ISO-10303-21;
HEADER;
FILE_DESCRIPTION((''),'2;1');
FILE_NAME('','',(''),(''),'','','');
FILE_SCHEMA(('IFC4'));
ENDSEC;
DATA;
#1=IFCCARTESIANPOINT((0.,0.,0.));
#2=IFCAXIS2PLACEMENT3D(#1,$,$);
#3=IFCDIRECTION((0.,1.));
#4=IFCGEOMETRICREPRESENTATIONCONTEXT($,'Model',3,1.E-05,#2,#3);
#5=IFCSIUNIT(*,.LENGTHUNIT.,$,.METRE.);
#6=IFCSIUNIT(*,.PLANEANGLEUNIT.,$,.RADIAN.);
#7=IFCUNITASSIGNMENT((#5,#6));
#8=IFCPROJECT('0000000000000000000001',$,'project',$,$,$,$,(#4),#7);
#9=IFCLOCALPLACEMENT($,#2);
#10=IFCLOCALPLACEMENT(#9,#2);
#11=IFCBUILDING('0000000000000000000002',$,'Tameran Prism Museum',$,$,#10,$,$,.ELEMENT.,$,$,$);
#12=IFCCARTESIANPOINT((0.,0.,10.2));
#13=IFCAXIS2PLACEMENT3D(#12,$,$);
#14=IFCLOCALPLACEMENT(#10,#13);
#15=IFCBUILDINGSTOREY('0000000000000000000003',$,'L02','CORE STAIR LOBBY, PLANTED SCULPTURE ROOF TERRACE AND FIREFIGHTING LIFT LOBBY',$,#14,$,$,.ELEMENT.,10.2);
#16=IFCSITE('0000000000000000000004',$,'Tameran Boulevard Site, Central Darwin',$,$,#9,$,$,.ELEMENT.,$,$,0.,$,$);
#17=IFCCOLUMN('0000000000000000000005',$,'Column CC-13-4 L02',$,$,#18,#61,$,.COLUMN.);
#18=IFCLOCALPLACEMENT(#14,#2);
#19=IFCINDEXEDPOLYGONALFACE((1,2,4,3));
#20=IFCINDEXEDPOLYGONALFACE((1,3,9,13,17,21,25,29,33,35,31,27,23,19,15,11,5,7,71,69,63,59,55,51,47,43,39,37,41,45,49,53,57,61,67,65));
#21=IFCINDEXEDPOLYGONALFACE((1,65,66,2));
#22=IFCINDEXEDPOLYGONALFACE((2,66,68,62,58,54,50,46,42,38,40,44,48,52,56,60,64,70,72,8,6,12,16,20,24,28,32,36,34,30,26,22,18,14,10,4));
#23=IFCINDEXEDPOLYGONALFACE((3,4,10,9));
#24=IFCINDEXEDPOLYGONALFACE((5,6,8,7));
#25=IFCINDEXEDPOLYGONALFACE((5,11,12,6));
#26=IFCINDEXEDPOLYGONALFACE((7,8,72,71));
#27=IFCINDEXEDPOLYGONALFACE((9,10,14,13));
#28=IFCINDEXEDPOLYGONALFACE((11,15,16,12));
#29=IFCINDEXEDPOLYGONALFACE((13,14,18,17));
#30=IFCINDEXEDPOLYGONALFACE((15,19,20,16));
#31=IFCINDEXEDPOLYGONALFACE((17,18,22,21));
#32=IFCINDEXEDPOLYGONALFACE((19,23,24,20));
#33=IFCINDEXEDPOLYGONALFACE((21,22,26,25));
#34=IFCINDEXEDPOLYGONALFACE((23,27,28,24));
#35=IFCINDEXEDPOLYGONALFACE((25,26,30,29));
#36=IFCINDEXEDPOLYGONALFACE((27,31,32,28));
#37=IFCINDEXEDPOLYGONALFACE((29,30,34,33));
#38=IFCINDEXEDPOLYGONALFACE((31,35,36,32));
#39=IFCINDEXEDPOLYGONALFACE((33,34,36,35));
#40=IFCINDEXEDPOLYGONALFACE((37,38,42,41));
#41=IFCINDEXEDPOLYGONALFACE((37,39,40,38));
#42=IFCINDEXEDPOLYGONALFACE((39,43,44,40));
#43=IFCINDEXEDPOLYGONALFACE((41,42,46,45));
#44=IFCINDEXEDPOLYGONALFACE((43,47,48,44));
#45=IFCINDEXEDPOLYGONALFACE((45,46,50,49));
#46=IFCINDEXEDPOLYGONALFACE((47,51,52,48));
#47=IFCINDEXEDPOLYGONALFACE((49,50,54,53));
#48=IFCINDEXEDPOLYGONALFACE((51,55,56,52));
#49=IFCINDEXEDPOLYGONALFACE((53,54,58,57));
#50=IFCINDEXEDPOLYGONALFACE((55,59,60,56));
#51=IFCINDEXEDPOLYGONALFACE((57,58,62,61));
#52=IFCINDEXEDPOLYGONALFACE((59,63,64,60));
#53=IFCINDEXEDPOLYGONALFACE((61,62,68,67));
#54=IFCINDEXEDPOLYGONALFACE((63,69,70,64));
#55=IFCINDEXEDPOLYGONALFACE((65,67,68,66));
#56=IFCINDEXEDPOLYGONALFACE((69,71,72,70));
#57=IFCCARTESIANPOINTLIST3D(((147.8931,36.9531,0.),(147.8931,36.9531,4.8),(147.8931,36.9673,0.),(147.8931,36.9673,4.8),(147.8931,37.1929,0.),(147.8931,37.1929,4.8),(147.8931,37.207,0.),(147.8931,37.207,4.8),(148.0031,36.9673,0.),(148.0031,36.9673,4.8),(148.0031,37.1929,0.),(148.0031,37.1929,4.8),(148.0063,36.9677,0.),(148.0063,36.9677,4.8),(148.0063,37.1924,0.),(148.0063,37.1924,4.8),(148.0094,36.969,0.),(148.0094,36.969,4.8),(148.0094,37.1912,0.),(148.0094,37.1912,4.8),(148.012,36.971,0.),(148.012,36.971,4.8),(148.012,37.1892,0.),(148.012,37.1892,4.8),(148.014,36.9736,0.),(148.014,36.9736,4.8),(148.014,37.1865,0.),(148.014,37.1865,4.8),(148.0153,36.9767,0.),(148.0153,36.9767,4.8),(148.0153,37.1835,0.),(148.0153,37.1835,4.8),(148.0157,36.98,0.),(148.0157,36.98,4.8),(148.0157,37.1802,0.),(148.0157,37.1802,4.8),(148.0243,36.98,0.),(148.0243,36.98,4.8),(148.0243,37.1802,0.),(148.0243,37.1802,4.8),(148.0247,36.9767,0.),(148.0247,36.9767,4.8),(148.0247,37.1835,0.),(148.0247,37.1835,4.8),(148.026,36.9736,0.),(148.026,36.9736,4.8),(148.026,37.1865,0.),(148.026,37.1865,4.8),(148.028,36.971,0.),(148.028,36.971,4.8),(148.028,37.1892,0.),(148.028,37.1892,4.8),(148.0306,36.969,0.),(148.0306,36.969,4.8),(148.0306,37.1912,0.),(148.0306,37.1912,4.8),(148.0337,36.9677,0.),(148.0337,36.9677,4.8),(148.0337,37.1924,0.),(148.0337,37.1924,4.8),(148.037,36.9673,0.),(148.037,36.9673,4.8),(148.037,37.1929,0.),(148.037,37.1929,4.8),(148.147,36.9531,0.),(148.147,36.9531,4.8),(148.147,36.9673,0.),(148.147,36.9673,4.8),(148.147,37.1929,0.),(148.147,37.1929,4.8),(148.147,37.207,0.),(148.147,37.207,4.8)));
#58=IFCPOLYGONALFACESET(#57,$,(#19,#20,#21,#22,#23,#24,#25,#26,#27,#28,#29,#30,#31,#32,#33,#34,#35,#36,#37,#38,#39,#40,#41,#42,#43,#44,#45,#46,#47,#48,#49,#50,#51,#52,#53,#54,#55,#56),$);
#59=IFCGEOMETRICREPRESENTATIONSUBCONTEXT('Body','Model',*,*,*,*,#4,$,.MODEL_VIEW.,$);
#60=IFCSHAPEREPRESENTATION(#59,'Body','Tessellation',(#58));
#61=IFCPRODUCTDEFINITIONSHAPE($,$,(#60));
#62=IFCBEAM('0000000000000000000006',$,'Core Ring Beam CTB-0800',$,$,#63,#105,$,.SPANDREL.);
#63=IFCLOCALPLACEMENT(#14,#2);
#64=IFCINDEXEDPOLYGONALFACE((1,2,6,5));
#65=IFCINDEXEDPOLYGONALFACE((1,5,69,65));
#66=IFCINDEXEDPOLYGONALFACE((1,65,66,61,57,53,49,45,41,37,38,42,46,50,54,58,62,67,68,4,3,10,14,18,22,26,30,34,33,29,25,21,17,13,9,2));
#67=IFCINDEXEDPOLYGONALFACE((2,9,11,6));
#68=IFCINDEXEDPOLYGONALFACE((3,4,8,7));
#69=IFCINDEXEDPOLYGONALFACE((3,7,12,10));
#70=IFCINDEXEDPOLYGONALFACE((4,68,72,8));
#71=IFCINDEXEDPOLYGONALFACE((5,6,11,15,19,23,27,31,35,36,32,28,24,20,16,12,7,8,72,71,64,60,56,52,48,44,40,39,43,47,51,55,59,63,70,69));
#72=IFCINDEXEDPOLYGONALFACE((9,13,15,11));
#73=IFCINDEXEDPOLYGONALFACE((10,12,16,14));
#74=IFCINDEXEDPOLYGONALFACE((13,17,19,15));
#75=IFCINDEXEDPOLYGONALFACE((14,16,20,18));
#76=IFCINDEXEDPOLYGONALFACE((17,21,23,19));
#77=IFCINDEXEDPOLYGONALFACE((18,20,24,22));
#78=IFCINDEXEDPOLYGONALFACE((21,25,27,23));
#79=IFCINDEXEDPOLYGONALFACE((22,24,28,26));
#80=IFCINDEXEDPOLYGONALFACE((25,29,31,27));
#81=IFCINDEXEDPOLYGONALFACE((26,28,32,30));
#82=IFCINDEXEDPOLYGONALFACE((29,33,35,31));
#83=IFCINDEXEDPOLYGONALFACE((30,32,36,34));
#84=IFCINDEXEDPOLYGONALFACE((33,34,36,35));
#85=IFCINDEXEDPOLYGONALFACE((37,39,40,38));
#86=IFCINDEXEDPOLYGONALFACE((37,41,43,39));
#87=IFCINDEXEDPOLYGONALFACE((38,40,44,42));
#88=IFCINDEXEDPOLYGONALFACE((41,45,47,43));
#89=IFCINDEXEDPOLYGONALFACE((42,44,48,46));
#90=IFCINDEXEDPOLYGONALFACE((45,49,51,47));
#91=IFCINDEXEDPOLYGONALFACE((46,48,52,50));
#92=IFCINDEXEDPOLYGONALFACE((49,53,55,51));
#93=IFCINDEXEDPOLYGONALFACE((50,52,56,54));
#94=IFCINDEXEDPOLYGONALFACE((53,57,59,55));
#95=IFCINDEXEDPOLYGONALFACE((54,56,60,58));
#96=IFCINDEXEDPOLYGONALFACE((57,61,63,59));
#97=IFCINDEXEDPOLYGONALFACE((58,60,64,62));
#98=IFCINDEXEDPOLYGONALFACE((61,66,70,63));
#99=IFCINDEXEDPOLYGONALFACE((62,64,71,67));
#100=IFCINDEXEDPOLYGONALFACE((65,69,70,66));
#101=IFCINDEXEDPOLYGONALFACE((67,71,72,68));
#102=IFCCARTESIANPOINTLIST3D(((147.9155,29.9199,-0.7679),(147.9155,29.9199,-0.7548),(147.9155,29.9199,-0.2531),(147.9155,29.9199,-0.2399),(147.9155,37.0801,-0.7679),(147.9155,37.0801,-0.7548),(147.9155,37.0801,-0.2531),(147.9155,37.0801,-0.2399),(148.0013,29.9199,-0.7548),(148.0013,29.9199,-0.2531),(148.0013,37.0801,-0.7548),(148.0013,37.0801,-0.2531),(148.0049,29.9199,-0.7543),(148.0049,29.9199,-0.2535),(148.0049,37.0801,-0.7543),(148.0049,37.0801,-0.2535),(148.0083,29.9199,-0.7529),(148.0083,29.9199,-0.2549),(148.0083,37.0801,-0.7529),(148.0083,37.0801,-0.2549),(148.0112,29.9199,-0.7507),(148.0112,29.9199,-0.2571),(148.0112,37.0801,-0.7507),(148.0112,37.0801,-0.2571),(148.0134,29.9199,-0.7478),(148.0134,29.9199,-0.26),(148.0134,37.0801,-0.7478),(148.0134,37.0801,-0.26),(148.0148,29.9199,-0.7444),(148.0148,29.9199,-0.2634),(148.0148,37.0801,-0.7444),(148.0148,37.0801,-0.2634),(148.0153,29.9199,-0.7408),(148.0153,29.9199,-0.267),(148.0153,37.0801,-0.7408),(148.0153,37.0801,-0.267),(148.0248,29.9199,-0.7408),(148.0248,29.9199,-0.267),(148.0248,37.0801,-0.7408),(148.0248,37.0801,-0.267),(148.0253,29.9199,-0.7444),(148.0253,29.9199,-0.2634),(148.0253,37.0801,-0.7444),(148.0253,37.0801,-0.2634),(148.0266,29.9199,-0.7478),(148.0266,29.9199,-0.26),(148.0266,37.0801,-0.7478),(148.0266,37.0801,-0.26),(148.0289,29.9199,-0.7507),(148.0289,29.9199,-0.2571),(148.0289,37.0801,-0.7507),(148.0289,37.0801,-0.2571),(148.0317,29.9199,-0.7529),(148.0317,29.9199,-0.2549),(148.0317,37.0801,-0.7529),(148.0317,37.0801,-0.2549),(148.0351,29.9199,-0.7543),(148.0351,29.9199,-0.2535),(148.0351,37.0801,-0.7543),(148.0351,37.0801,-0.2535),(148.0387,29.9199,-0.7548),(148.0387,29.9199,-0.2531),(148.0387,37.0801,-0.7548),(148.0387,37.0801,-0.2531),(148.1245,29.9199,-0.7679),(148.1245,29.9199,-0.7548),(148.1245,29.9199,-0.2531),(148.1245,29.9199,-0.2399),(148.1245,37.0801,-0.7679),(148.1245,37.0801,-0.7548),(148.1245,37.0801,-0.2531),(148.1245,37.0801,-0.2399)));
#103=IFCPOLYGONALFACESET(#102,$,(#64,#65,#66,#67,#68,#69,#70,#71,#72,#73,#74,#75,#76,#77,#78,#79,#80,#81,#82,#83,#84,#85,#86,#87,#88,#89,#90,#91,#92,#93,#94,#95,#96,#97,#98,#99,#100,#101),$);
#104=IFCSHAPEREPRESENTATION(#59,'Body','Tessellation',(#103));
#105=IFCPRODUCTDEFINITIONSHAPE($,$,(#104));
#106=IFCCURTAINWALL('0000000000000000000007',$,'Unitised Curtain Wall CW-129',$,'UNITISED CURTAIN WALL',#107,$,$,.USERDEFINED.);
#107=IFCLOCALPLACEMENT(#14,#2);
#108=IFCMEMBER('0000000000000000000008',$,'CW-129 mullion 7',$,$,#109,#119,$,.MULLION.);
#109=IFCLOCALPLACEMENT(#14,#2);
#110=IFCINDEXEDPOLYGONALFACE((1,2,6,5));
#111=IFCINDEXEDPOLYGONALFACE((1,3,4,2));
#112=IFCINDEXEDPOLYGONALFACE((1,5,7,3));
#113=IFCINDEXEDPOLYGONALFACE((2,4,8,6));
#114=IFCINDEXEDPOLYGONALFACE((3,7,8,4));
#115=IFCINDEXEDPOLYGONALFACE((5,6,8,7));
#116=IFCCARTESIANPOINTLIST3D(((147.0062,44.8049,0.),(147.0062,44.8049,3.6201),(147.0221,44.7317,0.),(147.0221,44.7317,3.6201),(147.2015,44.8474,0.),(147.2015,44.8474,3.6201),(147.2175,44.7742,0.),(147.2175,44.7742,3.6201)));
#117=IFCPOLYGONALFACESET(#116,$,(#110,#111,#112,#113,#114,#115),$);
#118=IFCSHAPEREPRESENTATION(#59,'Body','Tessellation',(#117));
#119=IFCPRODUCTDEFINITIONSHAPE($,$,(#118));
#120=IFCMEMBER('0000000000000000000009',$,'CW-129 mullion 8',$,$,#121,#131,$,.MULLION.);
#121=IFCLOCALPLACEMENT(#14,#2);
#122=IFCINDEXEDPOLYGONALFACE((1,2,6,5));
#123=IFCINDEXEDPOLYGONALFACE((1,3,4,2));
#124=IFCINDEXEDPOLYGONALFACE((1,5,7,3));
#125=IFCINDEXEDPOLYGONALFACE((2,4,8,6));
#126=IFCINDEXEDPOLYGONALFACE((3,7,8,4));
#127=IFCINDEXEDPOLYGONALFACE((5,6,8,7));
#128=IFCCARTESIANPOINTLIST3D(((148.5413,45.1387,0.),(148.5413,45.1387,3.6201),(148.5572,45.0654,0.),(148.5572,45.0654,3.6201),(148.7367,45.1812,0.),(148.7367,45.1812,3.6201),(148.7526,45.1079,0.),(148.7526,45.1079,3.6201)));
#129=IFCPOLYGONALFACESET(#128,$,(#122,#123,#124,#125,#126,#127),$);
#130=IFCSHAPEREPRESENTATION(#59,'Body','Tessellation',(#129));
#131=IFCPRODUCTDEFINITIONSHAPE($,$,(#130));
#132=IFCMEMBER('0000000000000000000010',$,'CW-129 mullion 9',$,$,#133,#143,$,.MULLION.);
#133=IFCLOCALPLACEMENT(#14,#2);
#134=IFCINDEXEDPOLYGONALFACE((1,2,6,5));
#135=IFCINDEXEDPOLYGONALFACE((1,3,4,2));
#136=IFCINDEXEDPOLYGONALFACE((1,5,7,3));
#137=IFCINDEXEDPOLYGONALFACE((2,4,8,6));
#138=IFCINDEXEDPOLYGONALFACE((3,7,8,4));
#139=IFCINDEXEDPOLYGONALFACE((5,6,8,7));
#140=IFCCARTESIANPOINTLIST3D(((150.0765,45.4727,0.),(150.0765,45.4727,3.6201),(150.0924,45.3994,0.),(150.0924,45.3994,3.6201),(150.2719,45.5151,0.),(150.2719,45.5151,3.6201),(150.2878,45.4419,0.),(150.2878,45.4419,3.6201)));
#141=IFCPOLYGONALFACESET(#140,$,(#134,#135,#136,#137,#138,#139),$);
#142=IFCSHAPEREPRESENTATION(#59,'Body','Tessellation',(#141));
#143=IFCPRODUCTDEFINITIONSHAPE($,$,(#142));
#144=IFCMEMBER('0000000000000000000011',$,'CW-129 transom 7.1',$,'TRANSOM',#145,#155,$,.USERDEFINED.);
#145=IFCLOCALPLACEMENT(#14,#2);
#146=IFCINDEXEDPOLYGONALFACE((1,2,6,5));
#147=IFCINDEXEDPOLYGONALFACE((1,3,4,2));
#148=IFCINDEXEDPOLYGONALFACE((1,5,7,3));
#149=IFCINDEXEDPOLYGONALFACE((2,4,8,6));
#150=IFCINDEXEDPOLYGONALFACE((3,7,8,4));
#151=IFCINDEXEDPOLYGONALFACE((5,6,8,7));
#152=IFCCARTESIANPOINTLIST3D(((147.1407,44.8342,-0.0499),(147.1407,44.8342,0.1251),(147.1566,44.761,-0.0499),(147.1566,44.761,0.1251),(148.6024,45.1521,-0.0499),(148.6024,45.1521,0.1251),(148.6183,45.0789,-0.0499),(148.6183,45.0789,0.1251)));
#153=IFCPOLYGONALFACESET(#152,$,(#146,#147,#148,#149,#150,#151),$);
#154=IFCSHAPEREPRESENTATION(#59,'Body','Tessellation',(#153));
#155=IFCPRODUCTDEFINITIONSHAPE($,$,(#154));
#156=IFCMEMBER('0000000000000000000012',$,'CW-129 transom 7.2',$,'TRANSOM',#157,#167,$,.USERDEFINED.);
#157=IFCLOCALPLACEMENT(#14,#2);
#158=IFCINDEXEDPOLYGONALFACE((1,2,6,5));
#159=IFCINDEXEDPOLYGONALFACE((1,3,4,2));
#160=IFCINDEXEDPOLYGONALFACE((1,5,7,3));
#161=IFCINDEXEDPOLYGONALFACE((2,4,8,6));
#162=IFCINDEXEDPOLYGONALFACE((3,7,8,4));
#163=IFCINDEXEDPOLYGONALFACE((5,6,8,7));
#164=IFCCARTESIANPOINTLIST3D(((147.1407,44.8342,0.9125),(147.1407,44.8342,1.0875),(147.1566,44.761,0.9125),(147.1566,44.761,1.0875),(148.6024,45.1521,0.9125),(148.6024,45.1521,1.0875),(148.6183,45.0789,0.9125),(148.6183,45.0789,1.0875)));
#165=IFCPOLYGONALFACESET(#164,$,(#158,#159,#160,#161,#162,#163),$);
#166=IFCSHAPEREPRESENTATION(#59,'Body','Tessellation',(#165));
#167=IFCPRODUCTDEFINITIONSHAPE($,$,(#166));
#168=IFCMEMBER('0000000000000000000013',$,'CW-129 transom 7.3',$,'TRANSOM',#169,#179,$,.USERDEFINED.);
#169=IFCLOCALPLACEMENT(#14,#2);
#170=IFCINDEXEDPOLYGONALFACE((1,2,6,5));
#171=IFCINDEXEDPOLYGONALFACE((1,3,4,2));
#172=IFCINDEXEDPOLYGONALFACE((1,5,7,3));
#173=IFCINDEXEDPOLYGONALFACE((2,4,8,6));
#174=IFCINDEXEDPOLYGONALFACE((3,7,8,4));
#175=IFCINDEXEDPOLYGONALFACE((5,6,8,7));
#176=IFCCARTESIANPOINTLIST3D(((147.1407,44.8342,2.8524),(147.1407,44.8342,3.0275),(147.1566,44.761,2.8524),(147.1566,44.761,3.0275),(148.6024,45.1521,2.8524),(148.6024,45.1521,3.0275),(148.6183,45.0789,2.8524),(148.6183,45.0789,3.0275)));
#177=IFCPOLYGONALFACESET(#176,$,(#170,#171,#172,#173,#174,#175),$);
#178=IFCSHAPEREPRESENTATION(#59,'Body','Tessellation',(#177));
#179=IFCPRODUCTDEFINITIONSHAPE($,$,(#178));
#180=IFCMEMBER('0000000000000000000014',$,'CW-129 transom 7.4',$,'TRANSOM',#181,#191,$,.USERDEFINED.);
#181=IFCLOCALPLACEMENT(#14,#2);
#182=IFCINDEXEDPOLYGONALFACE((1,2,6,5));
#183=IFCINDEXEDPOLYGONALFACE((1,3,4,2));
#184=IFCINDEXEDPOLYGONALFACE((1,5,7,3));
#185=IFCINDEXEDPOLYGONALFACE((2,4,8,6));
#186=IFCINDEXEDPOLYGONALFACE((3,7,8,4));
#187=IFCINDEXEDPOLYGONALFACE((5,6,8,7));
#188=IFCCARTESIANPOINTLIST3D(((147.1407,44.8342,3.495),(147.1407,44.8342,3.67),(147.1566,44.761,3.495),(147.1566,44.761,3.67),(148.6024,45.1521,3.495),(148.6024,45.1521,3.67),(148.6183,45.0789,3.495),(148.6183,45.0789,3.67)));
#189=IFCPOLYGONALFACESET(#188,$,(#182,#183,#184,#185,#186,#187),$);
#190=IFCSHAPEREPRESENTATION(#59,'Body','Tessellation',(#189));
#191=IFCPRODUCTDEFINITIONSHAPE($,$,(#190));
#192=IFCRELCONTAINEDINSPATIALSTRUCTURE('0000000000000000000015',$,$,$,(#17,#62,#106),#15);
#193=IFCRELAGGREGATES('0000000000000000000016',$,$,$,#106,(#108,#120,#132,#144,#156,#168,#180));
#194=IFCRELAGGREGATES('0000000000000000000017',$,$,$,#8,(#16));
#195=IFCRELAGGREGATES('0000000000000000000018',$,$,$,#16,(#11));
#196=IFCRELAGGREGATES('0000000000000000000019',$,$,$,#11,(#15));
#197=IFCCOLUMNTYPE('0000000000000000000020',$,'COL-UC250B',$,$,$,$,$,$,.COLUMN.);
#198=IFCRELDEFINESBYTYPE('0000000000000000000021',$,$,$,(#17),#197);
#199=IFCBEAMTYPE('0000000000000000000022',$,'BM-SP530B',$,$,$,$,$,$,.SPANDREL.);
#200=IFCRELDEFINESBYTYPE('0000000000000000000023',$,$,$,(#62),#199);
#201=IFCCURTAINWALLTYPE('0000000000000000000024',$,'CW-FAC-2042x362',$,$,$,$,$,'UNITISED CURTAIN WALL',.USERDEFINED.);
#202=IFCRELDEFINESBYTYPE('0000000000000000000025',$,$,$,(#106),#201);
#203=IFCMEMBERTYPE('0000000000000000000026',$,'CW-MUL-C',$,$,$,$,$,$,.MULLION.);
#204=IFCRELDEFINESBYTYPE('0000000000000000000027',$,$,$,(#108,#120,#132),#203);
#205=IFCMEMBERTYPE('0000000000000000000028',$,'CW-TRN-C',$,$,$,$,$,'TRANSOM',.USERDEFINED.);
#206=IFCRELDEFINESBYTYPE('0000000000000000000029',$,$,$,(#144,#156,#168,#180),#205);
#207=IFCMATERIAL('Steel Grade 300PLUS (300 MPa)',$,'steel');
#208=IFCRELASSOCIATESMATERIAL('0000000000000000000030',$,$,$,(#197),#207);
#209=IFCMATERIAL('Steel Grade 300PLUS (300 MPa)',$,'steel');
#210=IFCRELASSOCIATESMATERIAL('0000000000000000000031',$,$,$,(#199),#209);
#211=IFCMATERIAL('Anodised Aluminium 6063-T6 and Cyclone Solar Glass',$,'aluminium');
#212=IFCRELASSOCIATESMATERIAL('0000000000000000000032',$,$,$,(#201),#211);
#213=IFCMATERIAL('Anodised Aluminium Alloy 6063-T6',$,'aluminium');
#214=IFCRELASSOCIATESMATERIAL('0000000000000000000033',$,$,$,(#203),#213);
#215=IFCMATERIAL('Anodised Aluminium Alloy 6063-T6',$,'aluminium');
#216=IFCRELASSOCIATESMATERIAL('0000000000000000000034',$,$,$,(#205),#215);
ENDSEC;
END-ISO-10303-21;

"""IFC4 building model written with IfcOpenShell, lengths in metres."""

from ifc_helpers import new_model, si_unit, direction, frame, origin, origin_2d, place, context, subcontext, project, spatial, rectangle, i_section, extrude, material, material_profile, profile_set, type_object, element, aggregate, save


model = new_model("IFC4")

# Units and contexts
model_context = context("Model", 3, precision=1e-05, world=origin(), true_north=direction((0.0, 1.0)))
body_context = subcontext(model_context, "Body", "Model", "MODEL_VIEW")
ifc_project = project(units=[si_unit("LENGTHUNIT", "METRE"), si_unit("PLANEANGLEUNIT", "RADIAN")], contexts=[model_context])

# Site, building, storey
site_placement = place(None, origin())
site = spatial("IfcSite", under=ifc_project, at=site_placement, Name="Tameran Boulevard Site, Central Darwin", CompositionType="ELEMENT", RefElevation=0.0)
building_placement = place(site_placement, origin())
building = spatial("IfcBuilding", under=site, at=building_placement, Name="Tameran Prism Museum", CompositionType="ELEMENT")
storey_placement = place(building_placement, frame((0.0, 0.0, 10.2)))
storey = spatial("IfcBuildingStorey", under=building, at=storey_placement, Name="L02", Description="CORE STAIR LOBBY, PLANTED SCULPTURE ROOF TERRACE AND FIREFIGHTING LIFT LOBBY", CompositionType="ELEMENT", Elevation=10.2)

# Column
ifc_material_1 = material(Name="Steel Grade 300PLUS (300 MPa)", Category="steel")
ifc_material_profile_1 = material_profile(ifc_material_1, i_section(OverallWidth=0.2539, OverallDepth=0.2539, WebThickness=0.0085, FlangeThickness=0.0142, FilletRadius=0.0127, at=origin_2d()))
ifc_profile_set_1 = profile_set([ifc_material_profile_1])
column_type = type_object("IfcColumnType", Name="COL-UC250B", PredefinedType="COLUMN", material=ifc_profile_set_1)
column_placement = place(storey_placement, frame((148.02, 37.0801, 0.0), z_axis=(0.0, 0.0, 1.0), x_axis=(1.0, 0.0, 0.0)))
element("IfcColumn", 1, at=column_placement, inside=storey, type_object=column_type, Name="Column CC-13-4 L02", PredefinedType="COLUMN", context=body_context, shape_type="SweptSolid", body=[
    extrude(i_section(OverallWidth=0.2539, OverallDepth=0.2539, WebThickness=0.0085, FlangeThickness=0.0142, FilletRadius=0.0127, at=origin_2d()), origin(), (0.0, 0.0, 1.0), 4.8),
])

# Beam
ifc_material_2 = material(Name="Steel Grade 300PLUS (300 MPa)", Category="steel")
ifc_material_profile_2 = material_profile(ifc_material_2, i_section(OverallWidth=0.209, OverallDepth=0.5281, WebThickness=0.0095, FlangeThickness=0.0132, FilletRadius=0.0139, at=origin_2d()))
ifc_profile_set_2 = profile_set([ifc_material_profile_2])
beam_type = type_object("IfcBeamType", Name="BM-SP530B", PredefinedType="SPANDREL", material=ifc_profile_set_2)
beam_placement = place(storey_placement, frame((148.02, 37.0801, -0.5039), z_axis=(0.0, -1.0, 0.0), x_axis=(1.0, 0.0, 0.0)))
element("IfcBeam", 2, at=beam_placement, inside=storey, type_object=beam_type, Name="Core Ring Beam CTB-0800", PredefinedType="SPANDREL", context=body_context, shape_type="SweptSolid", body=[
    extrude(i_section(OverallWidth=0.209, OverallDepth=0.5281, WebThickness=0.0095, FlangeThickness=0.0132, FilletRadius=0.0139, at=origin_2d()), origin(), (0.0, 0.0, 1.0), 7.1602),
])

# Curtain wall, members
ifc_material_3 = material(Name="Anodised Aluminium 6063-T6 and Cyclone Solar Glass", Category="aluminium")
curtain_wall_type = type_object("IfcCurtainWallType", Name="CW-FAC-2042x362", ElementType="UNITISED CURTAIN WALL", PredefinedType="USERDEFINED", material=ifc_material_3)
curtain_wall_placement = place(storey_placement, origin())
curtain_wall = element("IfcCurtainWall", 3, at=curtain_wall_placement, inside=storey, type_object=curtain_wall_type, Name="Unitised Curtain Wall CW-129", ObjectType="UNITISED CURTAIN WALL", PredefinedType="USERDEFINED")
ifc_material_4 = material(Name="Anodised Aluminium Alloy 6063-T6", Category="aluminium")
ifc_material_profile_3 = material_profile(ifc_material_4, rectangle(XDim=0.075, YDim=0.2, at=origin_2d()))
ifc_profile_set_3 = profile_set([ifc_material_profile_3])
member_type_1 = type_object("IfcMemberType", Name="CW-MUL-C", PredefinedType="MULLION", material=ifc_profile_set_3)
member_1_placement = place(storey_placement, frame((147.1118, 44.7896, 0.0), z_axis=(0.0, 0.0, 1.0), x_axis=(-0.212454, 0.977171, 0.0)))
member_1 = element("IfcMember", 4, at=member_1_placement, type_object=member_type_1, Name="CW-129 mullion 7", PredefinedType="MULLION", context=body_context, shape_type="SweptSolid", body=[
    extrude(rectangle(XDim=0.075, YDim=0.2, at=origin_2d()), origin(), (0.0, 0.0, 1.0), 3.6201),
])
member_2_placement = place(storey_placement, frame((148.647, 45.1233, 0.0), z_axis=(0.0, 0.0, 1.0), x_axis=(-0.212454, 0.977171, 0.0)))
member_2 = element("IfcMember", 5, at=member_2_placement, type_object=member_type_1, Name="CW-129 mullion 8", PredefinedType="MULLION", context=body_context, shape_type="SweptSolid", body=[
    extrude(rectangle(XDim=0.075, YDim=0.2, at=origin_2d()), origin(), (0.0, 0.0, 1.0), 3.6201),
])
member_3_placement = place(storey_placement, frame((150.1821, 45.4573, 0.0), z_axis=(0.0, 0.0, 1.0), x_axis=(-0.212454, 0.977171, 0.0)))
member_3 = element("IfcMember", 6, at=member_3_placement, type_object=member_type_1, Name="CW-129 mullion 9", PredefinedType="MULLION", context=body_context, shape_type="SweptSolid", body=[
    extrude(rectangle(XDim=0.075, YDim=0.2, at=origin_2d()), origin(), (0.0, 0.0, 1.0), 3.6201),
])
ifc_material_5 = material(Name="Anodised Aluminium Alloy 6063-T6", Category="aluminium")
ifc_material_profile_4 = material_profile(ifc_material_5, rectangle(XDim=0.075, YDim=0.175, at=origin_2d()))
ifc_profile_set_4 = profile_set([ifc_material_profile_4])
member_type_2 = type_object("IfcMemberType", Name="CW-TRN-C", ElementType="TRANSOM", PredefinedType="USERDEFINED", material=ifc_profile_set_4)
member_4_placement = place(storey_placement, frame((147.1487, 44.7976, 0.0376), z_axis=(0.97716, 0.212504, 0.0), x_axis=(-0.212504, 0.97716, 0.0)))
member_4 = element("IfcMember", 7, at=member_4_placement, type_object=member_type_2, Name="CW-129 transom 7.1", ObjectType="TRANSOM", PredefinedType="USERDEFINED", context=body_context, shape_type="SweptSolid", body=[
    extrude(rectangle(XDim=0.075, YDim=0.175, at=origin_2d()), origin(), (0.0, 0.0, 1.0), 1.4958),
])
member_5_placement = place(storey_placement, frame((147.1487, 44.7976, 1.0), z_axis=(0.97716, 0.212504, 0.0), x_axis=(-0.212504, 0.97716, 0.0)))
member_5 = element("IfcMember", 8, at=member_5_placement, type_object=member_type_2, Name="CW-129 transom 7.2", ObjectType="TRANSOM", PredefinedType="USERDEFINED", context=body_context, shape_type="SweptSolid", body=[
    extrude(rectangle(XDim=0.075, YDim=0.175, at=origin_2d()), origin(), (0.0, 0.0, 1.0), 1.4958),
])
member_6_placement = place(storey_placement, frame((147.1487, 44.7976, 2.9399), z_axis=(0.97716, 0.212504, 0.0), x_axis=(-0.212504, 0.97716, 0.0)))
member_6 = element("IfcMember", 9, at=member_6_placement, type_object=member_type_2, Name="CW-129 transom 7.3", ObjectType="TRANSOM", PredefinedType="USERDEFINED", context=body_context, shape_type="SweptSolid", body=[
    extrude(rectangle(XDim=0.075, YDim=0.175, at=origin_2d()), origin(), (0.0, 0.0, 1.0), 1.4958),
])
member_7_placement = place(storey_placement, frame((147.1487, 44.7976, 3.5825), z_axis=(0.97716, 0.212504, 0.0), x_axis=(-0.212504, 0.97716, 0.0)))
member_7 = element("IfcMember", 10, at=member_7_placement, type_object=member_type_2, Name="CW-129 transom 7.4", ObjectType="TRANSOM", PredefinedType="USERDEFINED", context=body_context, shape_type="SweptSolid", body=[
    extrude(rectangle(XDim=0.075, YDim=0.175, at=origin_2d()), origin(), (0.0, 0.0, 1.0), 1.4958),
])
aggregate(curtain_wall, [member_1, member_2, member_3, member_4, member_5, member_6, member_7])

save(model, "model.ifc")
